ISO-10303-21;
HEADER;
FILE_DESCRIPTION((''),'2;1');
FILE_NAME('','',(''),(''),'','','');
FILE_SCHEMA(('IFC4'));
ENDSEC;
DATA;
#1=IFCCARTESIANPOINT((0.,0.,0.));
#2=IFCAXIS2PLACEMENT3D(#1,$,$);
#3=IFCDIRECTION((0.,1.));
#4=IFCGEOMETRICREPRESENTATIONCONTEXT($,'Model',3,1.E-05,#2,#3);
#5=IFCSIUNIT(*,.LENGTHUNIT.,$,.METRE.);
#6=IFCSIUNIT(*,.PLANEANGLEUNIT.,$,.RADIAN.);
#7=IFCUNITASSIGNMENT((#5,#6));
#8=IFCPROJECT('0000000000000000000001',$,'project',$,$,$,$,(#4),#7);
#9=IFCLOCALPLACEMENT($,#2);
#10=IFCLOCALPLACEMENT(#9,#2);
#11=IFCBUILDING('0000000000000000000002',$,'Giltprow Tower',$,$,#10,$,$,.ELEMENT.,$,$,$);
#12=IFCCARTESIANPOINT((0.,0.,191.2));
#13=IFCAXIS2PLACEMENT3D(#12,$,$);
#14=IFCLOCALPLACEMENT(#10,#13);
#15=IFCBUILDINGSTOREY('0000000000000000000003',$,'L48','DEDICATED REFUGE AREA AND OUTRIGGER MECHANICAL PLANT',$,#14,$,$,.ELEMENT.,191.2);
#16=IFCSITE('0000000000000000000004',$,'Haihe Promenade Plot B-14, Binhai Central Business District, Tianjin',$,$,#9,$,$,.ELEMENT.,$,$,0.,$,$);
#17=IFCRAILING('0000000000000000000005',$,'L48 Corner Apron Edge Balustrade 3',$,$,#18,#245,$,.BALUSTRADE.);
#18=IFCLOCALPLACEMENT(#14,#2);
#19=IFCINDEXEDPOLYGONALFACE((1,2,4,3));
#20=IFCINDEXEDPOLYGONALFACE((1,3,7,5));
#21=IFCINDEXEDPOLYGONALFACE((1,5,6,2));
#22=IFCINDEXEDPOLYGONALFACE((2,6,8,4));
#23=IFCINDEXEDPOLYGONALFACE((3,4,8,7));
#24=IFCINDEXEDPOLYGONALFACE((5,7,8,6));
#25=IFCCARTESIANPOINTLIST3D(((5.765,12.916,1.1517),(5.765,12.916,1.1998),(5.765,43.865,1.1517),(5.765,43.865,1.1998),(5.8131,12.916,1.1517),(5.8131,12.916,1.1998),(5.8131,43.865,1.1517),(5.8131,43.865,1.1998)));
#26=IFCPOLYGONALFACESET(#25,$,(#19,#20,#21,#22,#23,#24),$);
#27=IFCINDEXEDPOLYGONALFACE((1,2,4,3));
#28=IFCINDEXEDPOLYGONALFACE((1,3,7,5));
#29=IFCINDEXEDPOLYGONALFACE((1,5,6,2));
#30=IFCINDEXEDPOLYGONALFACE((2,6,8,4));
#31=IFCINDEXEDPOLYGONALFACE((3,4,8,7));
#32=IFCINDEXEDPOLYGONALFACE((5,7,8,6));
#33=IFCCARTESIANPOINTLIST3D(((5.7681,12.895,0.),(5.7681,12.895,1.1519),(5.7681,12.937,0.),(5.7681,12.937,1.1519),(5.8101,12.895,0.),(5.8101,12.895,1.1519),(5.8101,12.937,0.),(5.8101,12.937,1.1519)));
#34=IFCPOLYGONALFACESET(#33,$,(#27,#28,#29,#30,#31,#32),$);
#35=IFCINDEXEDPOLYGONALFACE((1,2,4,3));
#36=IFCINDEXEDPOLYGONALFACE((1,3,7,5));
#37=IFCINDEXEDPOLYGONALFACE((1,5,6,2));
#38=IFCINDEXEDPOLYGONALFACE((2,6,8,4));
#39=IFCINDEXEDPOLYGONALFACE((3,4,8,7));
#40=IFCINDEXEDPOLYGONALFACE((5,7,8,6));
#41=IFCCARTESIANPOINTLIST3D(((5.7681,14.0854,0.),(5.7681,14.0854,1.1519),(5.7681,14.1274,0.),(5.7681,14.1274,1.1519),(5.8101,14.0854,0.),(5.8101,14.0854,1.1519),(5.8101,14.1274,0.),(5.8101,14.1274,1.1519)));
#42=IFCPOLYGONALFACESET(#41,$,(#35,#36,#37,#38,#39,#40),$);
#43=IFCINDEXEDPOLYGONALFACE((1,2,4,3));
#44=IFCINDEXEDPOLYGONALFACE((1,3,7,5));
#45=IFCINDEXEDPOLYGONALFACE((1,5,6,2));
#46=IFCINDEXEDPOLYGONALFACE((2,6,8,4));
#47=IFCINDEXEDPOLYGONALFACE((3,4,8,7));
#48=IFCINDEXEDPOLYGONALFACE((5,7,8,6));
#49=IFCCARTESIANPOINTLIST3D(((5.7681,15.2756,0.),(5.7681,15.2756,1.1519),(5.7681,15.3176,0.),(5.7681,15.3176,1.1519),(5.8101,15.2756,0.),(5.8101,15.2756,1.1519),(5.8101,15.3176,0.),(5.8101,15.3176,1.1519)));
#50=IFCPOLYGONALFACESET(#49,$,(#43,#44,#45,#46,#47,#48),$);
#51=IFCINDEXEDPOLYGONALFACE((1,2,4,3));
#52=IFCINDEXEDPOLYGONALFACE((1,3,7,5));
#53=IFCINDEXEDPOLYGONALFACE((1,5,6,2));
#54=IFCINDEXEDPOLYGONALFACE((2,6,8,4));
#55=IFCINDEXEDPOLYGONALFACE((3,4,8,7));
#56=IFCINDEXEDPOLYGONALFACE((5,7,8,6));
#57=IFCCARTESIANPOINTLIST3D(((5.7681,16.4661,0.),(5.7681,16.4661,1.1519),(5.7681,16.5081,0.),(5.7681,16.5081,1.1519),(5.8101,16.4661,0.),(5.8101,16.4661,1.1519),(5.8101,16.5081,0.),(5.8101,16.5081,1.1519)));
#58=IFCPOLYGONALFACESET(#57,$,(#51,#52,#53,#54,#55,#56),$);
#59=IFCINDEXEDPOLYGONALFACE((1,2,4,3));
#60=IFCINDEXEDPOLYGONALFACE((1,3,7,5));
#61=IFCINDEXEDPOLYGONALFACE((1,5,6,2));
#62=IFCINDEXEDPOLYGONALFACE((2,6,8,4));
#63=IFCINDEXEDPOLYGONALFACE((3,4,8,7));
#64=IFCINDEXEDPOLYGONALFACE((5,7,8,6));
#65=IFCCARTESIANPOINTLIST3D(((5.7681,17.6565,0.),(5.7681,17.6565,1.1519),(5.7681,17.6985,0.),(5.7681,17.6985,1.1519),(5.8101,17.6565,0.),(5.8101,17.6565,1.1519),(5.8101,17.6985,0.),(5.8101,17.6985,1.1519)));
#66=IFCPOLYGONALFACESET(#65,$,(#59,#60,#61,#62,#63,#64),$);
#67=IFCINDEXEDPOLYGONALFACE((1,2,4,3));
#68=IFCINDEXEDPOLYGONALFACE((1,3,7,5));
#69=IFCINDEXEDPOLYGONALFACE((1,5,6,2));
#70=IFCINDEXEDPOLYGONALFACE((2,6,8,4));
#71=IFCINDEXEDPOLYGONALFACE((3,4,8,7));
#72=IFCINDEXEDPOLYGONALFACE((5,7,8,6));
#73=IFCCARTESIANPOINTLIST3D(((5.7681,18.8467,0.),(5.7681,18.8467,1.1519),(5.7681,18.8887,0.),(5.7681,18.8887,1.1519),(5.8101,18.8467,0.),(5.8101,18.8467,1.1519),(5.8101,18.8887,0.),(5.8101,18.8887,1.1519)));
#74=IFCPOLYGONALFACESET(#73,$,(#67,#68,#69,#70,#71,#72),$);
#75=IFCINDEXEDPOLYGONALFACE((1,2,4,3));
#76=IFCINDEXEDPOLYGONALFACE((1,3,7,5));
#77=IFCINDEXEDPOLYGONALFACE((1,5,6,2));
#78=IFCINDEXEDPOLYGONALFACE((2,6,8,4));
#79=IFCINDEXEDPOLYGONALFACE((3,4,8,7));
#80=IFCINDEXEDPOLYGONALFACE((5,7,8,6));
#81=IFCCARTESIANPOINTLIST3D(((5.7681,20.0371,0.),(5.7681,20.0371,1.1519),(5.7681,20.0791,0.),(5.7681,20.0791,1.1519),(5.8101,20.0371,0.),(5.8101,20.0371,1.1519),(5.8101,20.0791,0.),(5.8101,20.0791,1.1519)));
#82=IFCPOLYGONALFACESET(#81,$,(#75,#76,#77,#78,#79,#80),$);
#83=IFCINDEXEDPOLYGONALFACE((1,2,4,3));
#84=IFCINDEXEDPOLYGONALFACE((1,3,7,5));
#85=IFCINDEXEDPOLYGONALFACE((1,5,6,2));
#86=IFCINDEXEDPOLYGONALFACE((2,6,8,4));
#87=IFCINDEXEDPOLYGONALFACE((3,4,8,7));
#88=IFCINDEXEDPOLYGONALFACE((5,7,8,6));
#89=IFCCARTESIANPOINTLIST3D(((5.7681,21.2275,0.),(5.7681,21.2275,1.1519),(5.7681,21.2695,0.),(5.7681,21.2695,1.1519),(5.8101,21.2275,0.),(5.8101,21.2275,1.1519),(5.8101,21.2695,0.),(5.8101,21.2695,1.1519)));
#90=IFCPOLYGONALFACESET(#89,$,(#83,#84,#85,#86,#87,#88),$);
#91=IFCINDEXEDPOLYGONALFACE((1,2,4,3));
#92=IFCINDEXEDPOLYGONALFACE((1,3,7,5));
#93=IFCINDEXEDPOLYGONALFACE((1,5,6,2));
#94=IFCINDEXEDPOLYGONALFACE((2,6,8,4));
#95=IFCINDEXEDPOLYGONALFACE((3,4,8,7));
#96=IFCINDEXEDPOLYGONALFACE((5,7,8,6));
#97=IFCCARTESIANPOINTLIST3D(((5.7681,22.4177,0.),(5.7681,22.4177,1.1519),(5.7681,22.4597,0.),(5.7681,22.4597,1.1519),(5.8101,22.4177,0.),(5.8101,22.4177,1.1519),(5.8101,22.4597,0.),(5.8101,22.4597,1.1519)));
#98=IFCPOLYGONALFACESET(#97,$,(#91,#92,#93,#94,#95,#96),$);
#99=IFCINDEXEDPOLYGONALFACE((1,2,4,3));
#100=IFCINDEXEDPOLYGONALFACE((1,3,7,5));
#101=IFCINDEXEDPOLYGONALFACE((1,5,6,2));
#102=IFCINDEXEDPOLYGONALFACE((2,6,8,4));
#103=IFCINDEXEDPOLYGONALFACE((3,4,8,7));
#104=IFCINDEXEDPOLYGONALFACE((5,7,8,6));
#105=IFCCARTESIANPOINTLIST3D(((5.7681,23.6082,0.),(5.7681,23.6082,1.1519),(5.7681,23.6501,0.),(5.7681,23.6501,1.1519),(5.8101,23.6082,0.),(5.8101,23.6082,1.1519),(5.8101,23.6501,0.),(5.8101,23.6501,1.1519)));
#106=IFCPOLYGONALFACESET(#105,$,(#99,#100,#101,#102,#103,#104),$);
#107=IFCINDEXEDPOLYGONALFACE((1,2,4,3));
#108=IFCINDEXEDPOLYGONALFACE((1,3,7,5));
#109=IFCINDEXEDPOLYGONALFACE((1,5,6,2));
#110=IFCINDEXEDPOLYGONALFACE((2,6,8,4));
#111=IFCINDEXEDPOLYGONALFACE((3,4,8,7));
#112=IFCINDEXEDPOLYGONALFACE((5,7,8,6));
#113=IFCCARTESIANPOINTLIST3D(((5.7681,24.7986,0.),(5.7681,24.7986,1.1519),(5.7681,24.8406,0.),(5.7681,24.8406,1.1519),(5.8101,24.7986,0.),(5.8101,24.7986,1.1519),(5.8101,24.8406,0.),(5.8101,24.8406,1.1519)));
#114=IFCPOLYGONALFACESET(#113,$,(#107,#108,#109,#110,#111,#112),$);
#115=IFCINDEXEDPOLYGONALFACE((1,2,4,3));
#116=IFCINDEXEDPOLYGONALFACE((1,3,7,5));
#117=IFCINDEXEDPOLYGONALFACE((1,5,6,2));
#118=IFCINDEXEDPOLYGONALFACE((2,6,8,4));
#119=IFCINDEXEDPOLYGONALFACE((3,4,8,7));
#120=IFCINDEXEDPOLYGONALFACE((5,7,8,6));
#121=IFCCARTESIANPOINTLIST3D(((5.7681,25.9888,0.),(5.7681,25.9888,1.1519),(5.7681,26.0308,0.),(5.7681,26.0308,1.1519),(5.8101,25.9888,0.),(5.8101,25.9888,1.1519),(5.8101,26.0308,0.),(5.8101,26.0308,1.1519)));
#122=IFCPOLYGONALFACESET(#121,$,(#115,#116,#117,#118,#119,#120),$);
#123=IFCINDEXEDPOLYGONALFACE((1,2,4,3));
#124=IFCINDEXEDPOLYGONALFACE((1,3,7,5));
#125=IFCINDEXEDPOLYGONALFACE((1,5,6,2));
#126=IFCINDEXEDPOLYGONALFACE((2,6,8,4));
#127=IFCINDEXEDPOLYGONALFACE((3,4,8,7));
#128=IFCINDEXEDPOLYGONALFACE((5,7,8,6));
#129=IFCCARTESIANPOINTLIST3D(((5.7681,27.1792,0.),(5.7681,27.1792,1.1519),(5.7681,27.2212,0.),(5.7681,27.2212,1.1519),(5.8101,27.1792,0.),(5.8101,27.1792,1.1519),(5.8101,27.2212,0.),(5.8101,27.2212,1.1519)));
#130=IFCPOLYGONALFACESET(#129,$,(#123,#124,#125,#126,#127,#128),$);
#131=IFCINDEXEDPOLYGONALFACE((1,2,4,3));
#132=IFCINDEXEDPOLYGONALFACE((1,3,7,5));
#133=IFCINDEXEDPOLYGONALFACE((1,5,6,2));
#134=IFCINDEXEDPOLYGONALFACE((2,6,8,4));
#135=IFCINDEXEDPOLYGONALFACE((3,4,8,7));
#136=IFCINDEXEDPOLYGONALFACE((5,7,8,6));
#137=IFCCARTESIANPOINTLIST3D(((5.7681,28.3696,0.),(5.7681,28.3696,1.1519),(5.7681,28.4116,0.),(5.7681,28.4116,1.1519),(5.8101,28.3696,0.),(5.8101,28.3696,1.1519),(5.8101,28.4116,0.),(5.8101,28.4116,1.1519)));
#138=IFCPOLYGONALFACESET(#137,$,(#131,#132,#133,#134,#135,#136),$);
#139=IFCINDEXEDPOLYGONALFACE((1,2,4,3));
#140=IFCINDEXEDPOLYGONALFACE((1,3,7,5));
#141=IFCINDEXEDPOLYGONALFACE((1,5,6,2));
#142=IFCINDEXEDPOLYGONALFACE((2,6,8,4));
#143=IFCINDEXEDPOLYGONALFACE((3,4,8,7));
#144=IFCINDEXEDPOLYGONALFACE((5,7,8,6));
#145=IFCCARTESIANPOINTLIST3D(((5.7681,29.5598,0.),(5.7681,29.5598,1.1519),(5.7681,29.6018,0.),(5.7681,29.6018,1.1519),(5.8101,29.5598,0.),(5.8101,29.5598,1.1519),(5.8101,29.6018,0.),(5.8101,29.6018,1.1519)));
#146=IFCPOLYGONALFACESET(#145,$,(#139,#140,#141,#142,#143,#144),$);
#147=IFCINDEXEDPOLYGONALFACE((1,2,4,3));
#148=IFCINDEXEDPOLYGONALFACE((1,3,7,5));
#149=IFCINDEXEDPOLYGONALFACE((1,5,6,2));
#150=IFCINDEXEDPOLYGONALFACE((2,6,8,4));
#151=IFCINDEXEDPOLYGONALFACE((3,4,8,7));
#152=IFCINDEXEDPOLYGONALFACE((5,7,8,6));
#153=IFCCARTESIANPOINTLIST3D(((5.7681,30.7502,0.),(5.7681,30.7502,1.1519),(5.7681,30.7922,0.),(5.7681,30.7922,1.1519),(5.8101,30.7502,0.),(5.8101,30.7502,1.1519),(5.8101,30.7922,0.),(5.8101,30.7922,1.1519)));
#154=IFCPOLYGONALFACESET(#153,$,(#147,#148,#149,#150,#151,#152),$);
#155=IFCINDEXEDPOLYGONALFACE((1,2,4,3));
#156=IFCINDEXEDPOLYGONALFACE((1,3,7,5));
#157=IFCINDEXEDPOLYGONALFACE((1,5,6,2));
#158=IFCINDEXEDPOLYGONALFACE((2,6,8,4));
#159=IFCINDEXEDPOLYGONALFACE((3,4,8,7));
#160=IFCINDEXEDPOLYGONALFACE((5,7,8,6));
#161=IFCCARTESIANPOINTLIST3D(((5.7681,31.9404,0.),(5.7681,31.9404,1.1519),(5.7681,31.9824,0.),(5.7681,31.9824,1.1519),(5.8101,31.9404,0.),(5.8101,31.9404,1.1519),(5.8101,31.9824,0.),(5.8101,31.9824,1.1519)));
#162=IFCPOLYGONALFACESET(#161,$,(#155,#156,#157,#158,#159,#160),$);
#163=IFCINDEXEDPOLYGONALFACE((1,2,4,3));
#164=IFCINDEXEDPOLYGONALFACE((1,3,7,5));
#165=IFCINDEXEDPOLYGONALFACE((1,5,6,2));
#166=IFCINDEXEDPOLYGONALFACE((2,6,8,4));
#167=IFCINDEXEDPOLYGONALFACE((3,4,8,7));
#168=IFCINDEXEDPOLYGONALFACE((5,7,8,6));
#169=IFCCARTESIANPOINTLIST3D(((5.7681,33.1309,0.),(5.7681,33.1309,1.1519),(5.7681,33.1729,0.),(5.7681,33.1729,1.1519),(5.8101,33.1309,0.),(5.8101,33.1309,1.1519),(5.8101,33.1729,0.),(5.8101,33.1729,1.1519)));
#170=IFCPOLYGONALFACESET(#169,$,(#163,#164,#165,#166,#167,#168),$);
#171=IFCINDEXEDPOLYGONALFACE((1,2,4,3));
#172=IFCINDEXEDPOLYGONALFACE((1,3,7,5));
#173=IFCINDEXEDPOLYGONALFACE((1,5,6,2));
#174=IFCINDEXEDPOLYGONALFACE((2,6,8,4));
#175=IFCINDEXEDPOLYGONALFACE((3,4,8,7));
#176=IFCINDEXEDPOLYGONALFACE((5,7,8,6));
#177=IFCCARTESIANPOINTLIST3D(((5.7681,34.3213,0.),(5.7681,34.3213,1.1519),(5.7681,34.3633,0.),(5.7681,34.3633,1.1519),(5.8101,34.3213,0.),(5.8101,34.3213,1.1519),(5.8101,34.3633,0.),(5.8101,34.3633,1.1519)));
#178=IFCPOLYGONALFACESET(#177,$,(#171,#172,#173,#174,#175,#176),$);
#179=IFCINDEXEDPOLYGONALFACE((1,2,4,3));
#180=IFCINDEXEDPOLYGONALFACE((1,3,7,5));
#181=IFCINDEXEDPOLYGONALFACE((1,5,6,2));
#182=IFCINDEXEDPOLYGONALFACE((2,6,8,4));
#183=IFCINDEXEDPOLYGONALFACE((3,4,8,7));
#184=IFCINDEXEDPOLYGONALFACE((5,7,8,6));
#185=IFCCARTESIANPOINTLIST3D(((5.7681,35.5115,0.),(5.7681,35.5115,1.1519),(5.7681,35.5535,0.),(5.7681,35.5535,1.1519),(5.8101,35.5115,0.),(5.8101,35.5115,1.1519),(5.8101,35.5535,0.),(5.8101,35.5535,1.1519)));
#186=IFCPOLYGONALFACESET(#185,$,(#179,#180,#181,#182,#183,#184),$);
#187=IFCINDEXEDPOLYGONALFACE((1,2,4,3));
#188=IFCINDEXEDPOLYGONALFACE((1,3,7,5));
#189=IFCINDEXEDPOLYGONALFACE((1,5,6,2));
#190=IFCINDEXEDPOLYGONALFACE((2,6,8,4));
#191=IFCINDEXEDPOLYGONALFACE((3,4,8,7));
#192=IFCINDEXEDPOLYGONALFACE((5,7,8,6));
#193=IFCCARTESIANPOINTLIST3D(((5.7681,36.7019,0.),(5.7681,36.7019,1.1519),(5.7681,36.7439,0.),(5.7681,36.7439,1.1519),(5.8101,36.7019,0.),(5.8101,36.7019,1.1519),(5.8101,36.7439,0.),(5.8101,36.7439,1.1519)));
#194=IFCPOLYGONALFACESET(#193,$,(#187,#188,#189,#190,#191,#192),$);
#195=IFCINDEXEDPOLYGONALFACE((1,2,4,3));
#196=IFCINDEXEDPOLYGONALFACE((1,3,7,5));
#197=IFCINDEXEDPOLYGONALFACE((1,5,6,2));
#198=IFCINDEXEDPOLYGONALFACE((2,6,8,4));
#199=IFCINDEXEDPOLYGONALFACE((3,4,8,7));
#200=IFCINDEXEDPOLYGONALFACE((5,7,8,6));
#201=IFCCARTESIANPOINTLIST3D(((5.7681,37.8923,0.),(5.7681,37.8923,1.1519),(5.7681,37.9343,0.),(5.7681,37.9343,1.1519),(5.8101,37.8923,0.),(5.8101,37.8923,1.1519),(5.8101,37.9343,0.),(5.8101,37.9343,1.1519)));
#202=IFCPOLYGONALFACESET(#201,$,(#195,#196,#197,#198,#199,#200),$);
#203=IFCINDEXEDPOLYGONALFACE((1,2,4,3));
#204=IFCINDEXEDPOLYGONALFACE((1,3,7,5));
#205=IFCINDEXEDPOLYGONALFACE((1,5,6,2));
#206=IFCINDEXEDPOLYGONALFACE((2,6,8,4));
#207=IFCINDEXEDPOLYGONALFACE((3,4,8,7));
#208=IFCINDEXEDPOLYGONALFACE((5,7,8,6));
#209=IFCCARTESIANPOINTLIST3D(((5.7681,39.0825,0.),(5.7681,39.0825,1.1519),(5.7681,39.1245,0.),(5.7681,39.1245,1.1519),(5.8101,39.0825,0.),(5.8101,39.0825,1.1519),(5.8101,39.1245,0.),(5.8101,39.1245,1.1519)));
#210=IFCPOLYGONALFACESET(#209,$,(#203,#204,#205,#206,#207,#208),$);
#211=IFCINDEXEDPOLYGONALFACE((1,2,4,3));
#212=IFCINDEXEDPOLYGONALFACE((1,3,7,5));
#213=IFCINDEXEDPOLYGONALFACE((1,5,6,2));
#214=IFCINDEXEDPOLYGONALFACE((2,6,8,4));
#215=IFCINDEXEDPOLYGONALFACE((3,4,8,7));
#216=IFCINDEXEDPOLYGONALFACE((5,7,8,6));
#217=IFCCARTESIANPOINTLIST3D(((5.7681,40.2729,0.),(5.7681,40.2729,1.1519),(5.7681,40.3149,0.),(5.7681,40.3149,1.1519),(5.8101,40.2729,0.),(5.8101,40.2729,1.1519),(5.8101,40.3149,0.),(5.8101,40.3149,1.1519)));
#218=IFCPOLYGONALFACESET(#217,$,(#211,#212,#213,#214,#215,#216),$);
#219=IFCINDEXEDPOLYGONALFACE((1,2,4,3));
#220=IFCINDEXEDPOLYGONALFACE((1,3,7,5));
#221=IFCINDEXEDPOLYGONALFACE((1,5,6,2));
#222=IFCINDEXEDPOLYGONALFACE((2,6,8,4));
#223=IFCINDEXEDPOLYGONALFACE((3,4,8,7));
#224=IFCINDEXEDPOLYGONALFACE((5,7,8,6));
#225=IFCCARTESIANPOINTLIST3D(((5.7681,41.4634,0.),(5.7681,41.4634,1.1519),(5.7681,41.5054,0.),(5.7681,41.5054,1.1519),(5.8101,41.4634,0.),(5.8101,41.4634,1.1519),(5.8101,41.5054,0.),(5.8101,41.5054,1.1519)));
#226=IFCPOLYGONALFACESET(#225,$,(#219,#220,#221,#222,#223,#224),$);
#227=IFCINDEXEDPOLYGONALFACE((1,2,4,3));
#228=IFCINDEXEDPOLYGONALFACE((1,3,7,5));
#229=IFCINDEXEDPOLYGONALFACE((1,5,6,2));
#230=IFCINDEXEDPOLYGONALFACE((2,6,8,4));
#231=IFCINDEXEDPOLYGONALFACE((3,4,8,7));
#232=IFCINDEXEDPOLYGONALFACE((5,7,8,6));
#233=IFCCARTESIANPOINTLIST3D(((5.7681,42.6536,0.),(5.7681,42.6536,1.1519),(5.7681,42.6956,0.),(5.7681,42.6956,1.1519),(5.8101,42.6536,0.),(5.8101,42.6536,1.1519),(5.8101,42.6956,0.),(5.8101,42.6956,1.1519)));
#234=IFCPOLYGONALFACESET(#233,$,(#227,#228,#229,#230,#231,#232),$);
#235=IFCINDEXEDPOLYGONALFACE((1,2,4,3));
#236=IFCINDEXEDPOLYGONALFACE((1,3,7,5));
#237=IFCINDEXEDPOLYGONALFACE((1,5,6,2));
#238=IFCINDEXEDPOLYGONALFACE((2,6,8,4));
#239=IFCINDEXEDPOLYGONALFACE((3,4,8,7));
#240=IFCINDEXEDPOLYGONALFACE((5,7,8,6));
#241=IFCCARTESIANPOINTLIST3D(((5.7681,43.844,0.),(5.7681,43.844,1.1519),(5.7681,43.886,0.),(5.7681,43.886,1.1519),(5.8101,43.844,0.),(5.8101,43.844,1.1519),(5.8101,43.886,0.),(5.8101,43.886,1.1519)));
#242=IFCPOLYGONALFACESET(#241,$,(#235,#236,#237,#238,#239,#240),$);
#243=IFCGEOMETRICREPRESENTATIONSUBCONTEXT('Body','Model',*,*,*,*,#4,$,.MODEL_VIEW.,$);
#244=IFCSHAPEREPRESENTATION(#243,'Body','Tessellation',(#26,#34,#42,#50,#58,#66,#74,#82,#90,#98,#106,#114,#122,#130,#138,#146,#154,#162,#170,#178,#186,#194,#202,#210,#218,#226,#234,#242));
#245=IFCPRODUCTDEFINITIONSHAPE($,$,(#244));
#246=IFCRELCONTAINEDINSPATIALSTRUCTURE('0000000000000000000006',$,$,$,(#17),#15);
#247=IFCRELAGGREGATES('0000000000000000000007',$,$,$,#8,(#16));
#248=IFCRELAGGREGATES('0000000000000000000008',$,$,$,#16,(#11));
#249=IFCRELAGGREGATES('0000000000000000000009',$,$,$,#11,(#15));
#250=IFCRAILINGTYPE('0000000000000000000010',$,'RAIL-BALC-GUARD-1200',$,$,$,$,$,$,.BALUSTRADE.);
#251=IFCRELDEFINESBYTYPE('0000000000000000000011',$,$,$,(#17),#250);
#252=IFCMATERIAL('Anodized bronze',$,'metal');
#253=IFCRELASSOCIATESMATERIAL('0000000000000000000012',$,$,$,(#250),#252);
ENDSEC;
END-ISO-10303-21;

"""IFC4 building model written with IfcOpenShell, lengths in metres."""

from ifc_helpers import new_model, si_unit, direction, frame, origin, origin_2d, place, context, subcontext, project, spatial, rectangle, extrude, material, type_object, element, save


model = new_model("IFC4")

# Units and contexts
model_context = context("Model", 3, precision=1e-05, world=origin(), true_north=direction((0.0, 1.0)))
body_context = subcontext(model_context, "Body", "Model", "MODEL_VIEW")
ifc_project = project(units=[si_unit("LENGTHUNIT", "METRE"), si_unit("PLANEANGLEUNIT", "RADIAN")], contexts=[model_context])

# Site, building, storey
site_placement = place(None, origin())
site = spatial("IfcSite", under=ifc_project, at=site_placement, Name="Haihe Promenade Plot B-14, Binhai Central Business District, Tianjin", CompositionType="ELEMENT", RefElevation=0.0)
building_placement = place(site_placement, origin())
building = spatial("IfcBuilding", under=site, at=building_placement, Name="Giltprow Tower", CompositionType="ELEMENT")
storey_placement = place(building_placement, frame((0.0, 0.0, 191.2)))
storey = spatial("IfcBuildingStorey", under=building, at=storey_placement, Name="L48", Description="DEDICATED REFUGE AREA AND OUTRIGGER MECHANICAL PLANT", CompositionType="ELEMENT", Elevation=191.2)

# Railing
ifc_material_1 = material(Name="Anodized bronze", Category="metal")
railing_type = type_object("IfcRailingType", Name="RAIL-BALC-GUARD-1200", PredefinedType="BALUSTRADE", material=ifc_material_1)
railing_1_placement = place(storey_placement, frame((5.7891, 12.916, 0.0)))
element("IfcRailing", 1, at=railing_1_placement, inside=storey, type_object=railing_type, Name="L48 Corner Apron Edge Balustrade 3", PredefinedType="BALUSTRADE", context=body_context, shape_type="SweptSolid", body=[
    extrude(rectangle(XDim=0.0481, YDim=0.0481, at=origin_2d()), frame((0.0, 0.0, 1.1758), z_axis=(0.0, 1.0, 0.0), x_axis=(-1.0, 0.0, 0.0)), (0.0, 0.0, 1.0), 30.949),
    extrude(rectangle(XDim=0.042, YDim=0.042, at=origin_2d()), origin(), (0.0, 0.0, 1.0), 1.1519),
    extrude(rectangle(XDim=0.042, YDim=0.042, at=origin_2d()), frame((0.0, 1.1904, 0.0)), (0.0, 0.0, 1.0), 1.1519),
    extrude(rectangle(XDim=0.042, YDim=0.042, at=origin_2d()), frame((0.0, 2.3806, 0.0)), (0.0, 0.0, 1.0), 1.1519),
    extrude(rectangle(XDim=0.042, YDim=0.042, at=origin_2d()), frame((0.0, 3.571, 0.0)), (0.0, 0.0, 1.0), 1.1519),
    extrude(rectangle(XDim=0.042, YDim=0.042, at=origin_2d()), frame((0.0, 4.7615, 0.0)), (0.0, 0.0, 1.0), 1.1519),
    extrude(rectangle(XDim=0.042, YDim=0.042, at=origin_2d()), frame((0.0, 5.9517, 0.0)), (0.0, 0.0, 1.0), 1.1519),
    extrude(rectangle(XDim=0.042, YDim=0.042, at=origin_2d()), frame((0.0, 7.1421, 0.0)), (0.0, 0.0, 1.0), 1.1519),
    extrude(rectangle(XDim=0.042, YDim=0.042, at=origin_2d()), frame((0.0, 8.3325, 0.0)), (0.0, 0.0, 1.0), 1.1519),
    extrude(rectangle(XDim=0.042, YDim=0.042, at=origin_2d()), frame((0.0, 9.5227, 0.0)), (0.0, 0.0, 1.0), 1.1519),
    extrude(rectangle(XDim=0.042, YDim=0.042, at=origin_2d()), frame((0.0, 10.7131, 0.0)), (0.0, 0.0, 1.0), 1.1519),
    extrude(rectangle(XDim=0.042, YDim=0.042, at=origin_2d()), frame((0.0, 11.9036, 0.0)), (0.0, 0.0, 1.0), 1.1519),
    extrude(rectangle(XDim=0.042, YDim=0.042, at=origin_2d()), frame((0.0, 13.0938, 0.0)), (0.0, 0.0, 1.0), 1.1519),
    extrude(rectangle(XDim=0.042, YDim=0.042, at=origin_2d()), frame((0.0, 14.2842, 0.0)), (0.0, 0.0, 1.0), 1.1519),
    extrude(rectangle(XDim=0.042, YDim=0.042, at=origin_2d()), frame((0.0, 15.4746, 0.0)), (0.0, 0.0, 1.0), 1.1519),
    extrude(rectangle(XDim=0.042, YDim=0.042, at=origin_2d()), frame((0.0, 16.6648, 0.0)), (0.0, 0.0, 1.0), 1.1519),
    extrude(rectangle(XDim=0.042, YDim=0.042, at=origin_2d()), frame((0.0, 17.8552, 0.0)), (0.0, 0.0, 1.0), 1.1519),
    extrude(rectangle(XDim=0.042, YDim=0.042, at=origin_2d()), frame((0.0, 19.0454, 0.0)), (0.0, 0.0, 1.0), 1.1519),
    extrude(rectangle(XDim=0.042, YDim=0.042, at=origin_2d()), frame((0.0, 20.2358, 0.0)), (0.0, 0.0, 1.0), 1.1519),
    extrude(rectangle(XDim=0.042, YDim=0.042, at=origin_2d()), frame((0.0, 21.4263, 0.0)), (0.0, 0.0, 1.0), 1.1519),
    extrude(rectangle(XDim=0.042, YDim=0.042, at=origin_2d()), frame((0.0, 22.6165, 0.0)), (0.0, 0.0, 1.0), 1.1519),
    extrude(rectangle(XDim=0.042, YDim=0.042, at=origin_2d()), frame((0.0, 23.8069, 0.0)), (0.0, 0.0, 1.0), 1.1519),
    extrude(rectangle(XDim=0.042, YDim=0.042, at=origin_2d()), frame((0.0, 24.9973, 0.0)), (0.0, 0.0, 1.0), 1.1519),
    extrude(rectangle(XDim=0.042, YDim=0.042, at=origin_2d()), frame((0.0, 26.1875, 0.0)), (0.0, 0.0, 1.0), 1.1519),
    extrude(rectangle(XDim=0.042, YDim=0.042, at=origin_2d()), frame((0.0, 27.3779, 0.0)), (0.0, 0.0, 1.0), 1.1519),
    extrude(rectangle(XDim=0.042, YDim=0.042, at=origin_2d()), frame((0.0, 28.5684, 0.0)), (0.0, 0.0, 1.0), 1.1519),
    extrude(rectangle(XDim=0.042, YDim=0.042, at=origin_2d()), frame((0.0, 29.7585, 0.0)), (0.0, 0.0, 1.0), 1.1519),
    extrude(rectangle(XDim=0.042, YDim=0.042, at=origin_2d()), frame((0.0, 30.949, 0.0)), (0.0, 0.0, 1.0), 1.1519),
])

save(model, "model.ifc")
